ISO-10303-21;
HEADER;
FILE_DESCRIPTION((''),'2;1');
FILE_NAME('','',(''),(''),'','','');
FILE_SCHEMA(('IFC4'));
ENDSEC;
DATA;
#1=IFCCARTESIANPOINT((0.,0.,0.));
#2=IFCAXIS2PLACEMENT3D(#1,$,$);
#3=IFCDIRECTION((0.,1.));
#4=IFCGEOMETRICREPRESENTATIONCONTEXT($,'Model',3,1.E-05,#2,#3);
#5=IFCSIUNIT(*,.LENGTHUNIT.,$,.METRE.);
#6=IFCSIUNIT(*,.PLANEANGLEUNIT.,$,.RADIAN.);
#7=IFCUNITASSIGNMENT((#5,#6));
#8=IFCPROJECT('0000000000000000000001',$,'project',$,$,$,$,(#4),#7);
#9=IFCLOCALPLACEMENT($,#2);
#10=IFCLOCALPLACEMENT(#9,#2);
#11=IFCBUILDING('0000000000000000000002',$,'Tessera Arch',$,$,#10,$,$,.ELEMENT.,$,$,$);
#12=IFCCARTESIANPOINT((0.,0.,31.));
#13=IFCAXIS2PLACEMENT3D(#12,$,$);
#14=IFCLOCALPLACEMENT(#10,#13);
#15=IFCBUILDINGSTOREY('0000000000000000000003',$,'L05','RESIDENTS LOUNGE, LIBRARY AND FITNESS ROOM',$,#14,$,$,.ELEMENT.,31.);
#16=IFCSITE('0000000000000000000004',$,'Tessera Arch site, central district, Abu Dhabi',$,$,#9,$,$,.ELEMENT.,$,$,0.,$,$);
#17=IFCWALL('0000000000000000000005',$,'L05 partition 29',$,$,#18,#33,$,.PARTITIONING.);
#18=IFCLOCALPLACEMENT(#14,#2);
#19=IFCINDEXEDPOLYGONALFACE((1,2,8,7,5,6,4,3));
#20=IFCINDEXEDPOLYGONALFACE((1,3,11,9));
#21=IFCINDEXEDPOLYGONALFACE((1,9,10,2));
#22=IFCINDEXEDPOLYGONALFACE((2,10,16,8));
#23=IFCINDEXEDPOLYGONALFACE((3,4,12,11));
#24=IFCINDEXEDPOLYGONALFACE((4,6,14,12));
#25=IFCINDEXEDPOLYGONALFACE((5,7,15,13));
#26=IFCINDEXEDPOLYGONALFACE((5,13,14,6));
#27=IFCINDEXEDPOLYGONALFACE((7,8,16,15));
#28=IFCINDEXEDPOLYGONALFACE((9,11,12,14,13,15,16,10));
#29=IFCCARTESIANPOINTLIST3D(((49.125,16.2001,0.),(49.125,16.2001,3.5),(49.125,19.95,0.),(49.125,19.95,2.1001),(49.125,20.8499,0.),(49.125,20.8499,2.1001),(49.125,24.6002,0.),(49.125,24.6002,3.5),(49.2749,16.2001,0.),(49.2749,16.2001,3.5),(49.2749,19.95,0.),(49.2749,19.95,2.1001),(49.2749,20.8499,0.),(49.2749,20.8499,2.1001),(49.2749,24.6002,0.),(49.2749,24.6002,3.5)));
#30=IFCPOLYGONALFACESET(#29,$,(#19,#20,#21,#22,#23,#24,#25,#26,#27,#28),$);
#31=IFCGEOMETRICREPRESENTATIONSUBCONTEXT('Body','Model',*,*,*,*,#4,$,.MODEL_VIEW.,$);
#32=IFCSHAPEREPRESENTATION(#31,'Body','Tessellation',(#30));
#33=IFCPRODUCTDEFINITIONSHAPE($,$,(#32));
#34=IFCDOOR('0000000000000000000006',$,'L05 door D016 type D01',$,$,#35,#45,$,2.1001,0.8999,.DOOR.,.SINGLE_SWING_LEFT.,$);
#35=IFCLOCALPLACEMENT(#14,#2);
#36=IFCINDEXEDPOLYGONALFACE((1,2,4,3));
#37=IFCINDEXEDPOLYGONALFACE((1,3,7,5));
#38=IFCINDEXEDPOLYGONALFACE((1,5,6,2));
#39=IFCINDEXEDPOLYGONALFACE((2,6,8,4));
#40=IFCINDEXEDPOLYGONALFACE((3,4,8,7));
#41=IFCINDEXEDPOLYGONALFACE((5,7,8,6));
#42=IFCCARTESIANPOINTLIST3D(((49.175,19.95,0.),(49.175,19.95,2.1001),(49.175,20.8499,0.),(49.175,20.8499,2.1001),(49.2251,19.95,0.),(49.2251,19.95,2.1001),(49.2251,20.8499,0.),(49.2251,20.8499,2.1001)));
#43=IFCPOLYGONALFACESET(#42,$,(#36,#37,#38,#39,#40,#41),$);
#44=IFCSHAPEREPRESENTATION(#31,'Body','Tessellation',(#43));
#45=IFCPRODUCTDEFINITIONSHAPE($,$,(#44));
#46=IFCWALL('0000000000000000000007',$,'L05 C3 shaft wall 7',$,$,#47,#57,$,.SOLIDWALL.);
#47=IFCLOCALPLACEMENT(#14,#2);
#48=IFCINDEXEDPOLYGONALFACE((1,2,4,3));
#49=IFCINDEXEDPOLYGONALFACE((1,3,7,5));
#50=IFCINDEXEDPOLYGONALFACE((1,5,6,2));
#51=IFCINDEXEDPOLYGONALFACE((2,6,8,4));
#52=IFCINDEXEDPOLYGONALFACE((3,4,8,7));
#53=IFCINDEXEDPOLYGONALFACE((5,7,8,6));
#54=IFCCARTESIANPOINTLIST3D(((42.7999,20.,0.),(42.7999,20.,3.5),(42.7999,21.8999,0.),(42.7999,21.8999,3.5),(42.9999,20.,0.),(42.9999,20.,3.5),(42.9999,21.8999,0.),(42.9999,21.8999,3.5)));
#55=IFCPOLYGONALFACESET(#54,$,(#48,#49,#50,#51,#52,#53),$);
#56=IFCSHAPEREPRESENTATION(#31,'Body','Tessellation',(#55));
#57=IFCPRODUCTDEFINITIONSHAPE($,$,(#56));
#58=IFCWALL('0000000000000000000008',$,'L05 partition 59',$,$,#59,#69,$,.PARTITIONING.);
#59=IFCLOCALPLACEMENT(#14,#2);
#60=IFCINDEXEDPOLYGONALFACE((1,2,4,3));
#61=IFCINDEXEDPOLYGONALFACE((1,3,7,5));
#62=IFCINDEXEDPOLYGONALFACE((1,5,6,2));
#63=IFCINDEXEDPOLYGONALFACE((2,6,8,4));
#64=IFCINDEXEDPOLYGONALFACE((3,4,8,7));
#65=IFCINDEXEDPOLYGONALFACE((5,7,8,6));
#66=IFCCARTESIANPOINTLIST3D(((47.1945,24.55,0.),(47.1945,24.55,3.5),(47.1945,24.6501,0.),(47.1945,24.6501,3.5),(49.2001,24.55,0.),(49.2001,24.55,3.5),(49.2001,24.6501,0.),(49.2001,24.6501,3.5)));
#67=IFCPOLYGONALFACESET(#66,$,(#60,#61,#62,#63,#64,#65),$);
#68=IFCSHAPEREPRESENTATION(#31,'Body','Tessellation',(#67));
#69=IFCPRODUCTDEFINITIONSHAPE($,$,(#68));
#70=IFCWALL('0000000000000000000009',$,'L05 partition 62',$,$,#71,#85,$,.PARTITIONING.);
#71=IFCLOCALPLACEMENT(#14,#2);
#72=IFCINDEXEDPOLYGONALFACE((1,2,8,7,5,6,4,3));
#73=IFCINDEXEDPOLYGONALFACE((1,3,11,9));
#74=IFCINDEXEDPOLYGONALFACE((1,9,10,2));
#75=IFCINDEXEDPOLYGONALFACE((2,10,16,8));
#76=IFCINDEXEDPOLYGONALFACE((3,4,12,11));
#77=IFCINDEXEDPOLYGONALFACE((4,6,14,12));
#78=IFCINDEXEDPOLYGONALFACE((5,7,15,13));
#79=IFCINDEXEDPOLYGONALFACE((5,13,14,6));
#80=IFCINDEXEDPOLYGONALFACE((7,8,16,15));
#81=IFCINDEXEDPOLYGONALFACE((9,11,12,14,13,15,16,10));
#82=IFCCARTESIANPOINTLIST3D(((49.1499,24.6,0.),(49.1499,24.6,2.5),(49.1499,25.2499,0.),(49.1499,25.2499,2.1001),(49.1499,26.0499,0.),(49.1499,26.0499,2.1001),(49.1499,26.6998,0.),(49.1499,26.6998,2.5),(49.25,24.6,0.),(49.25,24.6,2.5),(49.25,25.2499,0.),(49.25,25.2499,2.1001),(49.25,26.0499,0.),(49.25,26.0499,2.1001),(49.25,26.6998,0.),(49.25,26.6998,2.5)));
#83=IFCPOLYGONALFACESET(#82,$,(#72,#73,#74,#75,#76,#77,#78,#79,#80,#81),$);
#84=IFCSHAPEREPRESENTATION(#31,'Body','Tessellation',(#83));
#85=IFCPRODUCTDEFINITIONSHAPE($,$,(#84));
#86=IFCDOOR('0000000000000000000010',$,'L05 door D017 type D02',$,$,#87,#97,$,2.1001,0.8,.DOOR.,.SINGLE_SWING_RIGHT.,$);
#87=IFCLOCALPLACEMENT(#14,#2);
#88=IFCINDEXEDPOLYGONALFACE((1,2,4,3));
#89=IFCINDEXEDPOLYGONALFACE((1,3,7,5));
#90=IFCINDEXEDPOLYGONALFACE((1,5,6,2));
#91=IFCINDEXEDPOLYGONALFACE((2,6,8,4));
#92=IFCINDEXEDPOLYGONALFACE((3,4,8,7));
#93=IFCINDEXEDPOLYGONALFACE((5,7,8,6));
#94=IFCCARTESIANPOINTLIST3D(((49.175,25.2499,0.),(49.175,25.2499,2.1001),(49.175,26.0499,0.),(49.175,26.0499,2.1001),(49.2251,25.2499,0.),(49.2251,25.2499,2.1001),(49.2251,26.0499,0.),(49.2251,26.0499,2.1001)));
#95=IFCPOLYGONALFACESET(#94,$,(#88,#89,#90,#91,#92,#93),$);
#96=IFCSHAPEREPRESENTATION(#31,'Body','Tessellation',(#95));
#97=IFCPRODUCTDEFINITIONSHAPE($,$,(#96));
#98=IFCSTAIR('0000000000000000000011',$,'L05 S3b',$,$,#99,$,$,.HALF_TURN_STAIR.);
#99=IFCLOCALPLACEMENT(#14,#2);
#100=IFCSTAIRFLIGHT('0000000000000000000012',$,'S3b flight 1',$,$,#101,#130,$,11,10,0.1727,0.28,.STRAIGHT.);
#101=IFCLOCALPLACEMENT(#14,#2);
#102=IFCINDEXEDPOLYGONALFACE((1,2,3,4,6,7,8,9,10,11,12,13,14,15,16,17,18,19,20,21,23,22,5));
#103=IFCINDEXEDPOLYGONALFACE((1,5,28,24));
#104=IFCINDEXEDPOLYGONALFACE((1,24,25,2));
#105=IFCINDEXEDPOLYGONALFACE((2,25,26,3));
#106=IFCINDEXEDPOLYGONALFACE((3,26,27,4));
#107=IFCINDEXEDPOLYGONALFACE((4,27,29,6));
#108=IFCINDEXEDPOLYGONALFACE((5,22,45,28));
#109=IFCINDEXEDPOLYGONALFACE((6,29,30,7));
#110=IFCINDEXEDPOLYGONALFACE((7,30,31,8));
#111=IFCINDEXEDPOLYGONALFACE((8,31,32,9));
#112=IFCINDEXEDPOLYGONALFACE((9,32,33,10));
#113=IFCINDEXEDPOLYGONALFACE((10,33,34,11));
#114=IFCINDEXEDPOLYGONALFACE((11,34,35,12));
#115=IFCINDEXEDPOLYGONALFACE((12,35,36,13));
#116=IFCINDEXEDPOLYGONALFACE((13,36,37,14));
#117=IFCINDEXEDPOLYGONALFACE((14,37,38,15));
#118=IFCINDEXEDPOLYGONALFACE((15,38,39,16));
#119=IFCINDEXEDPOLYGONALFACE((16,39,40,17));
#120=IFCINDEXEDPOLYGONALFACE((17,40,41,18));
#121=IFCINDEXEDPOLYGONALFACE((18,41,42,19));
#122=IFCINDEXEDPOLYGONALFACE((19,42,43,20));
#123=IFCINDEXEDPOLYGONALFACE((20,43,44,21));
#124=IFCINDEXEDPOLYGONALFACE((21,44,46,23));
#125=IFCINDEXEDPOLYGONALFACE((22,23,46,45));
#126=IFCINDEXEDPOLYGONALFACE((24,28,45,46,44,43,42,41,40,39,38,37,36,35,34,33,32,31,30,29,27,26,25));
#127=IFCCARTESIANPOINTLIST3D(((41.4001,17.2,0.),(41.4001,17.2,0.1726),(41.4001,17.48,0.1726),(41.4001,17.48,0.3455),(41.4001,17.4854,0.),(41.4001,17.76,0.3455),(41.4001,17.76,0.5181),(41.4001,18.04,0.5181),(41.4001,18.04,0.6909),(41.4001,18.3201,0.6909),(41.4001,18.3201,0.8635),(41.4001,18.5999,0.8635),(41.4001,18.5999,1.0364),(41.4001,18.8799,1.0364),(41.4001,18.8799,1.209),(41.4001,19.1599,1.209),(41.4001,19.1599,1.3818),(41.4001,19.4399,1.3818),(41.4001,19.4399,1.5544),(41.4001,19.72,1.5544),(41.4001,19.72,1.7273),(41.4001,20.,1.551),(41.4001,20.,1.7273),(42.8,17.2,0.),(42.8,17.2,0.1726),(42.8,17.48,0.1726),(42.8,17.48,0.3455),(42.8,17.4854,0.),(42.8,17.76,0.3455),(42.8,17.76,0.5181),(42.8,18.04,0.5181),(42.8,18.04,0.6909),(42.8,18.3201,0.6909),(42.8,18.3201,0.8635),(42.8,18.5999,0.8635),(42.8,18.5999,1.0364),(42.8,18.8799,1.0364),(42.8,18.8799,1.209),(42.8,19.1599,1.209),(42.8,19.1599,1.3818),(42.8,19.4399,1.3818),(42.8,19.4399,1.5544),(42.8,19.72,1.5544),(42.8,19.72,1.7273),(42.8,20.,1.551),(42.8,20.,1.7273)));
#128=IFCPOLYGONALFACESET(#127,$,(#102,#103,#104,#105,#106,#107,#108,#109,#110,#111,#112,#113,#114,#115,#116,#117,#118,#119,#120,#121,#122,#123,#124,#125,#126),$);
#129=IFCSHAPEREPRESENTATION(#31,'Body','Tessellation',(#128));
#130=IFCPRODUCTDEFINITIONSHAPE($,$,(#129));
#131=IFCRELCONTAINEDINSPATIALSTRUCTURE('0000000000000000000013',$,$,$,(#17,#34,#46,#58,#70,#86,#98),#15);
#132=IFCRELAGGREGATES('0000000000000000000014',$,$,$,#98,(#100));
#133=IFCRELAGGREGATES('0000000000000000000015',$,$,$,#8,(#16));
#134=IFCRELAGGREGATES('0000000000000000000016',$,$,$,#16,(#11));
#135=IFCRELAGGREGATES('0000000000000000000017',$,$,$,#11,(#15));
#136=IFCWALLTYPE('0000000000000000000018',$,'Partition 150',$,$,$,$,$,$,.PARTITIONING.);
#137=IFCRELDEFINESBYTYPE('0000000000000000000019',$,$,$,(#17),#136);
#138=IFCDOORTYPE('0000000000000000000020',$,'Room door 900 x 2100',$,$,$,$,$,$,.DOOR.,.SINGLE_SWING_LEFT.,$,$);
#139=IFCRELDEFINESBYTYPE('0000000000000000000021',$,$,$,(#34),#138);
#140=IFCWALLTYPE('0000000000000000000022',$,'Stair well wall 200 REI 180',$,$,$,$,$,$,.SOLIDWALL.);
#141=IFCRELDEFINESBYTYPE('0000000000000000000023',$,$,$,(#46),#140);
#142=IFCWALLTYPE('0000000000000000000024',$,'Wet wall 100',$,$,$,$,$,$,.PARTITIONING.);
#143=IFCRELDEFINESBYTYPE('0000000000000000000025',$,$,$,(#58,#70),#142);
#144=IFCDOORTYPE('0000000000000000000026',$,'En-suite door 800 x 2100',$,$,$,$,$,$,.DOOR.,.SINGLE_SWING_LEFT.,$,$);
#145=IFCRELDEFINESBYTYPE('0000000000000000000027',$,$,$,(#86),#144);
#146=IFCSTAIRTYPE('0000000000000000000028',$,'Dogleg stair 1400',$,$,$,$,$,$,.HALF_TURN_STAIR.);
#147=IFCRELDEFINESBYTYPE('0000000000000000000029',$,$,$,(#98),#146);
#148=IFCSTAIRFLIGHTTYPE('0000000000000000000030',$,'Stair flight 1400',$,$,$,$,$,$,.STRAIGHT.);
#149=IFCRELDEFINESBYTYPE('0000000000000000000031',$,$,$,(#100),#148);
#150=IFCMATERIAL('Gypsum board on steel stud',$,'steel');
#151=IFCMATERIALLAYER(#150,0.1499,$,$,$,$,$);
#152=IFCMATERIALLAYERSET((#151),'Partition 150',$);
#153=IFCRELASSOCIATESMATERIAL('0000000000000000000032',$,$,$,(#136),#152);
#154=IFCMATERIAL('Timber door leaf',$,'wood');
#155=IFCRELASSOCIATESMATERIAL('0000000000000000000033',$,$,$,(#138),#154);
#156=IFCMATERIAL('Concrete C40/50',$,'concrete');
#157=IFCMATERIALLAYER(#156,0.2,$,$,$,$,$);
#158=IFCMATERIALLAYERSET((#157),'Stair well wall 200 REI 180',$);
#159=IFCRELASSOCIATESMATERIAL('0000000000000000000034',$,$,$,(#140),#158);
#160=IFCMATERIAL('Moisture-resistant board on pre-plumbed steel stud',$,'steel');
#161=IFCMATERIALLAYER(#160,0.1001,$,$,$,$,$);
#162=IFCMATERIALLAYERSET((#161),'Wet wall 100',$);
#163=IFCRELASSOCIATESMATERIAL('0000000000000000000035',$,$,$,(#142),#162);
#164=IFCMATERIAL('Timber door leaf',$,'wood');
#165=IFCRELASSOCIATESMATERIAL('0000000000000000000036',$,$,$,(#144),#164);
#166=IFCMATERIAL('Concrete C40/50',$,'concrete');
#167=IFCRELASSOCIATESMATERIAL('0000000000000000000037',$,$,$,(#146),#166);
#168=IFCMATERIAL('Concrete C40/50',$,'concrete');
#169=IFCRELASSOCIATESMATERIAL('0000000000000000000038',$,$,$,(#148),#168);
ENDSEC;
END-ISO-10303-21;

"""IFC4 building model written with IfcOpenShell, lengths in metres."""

from ifc_helpers import new_model, si_unit, direction, frame, frame_2d, origin, place, context, subcontext, project, spatial, polyline, rectangle, outline, extrude, material, layer, layer_set, type_object, element, fill, aggregate, save


model = new_model("IFC4")

# Units and contexts
model_context = context("Model", 3, precision=1e-05, world=origin(), true_north=direction((0.0, 1.0)))
body_context = subcontext(model_context, "Body", "Model", "MODEL_VIEW")
ifc_project = project(units=[si_unit("LENGTHUNIT", "METRE"), si_unit("PLANEANGLEUNIT", "RADIAN")], contexts=[model_context])

# Site, building, storey
site_placement = place(None, origin())
site = spatial("IfcSite", under=ifc_project, at=site_placement, Name="Tessera Arch site, central district, Abu Dhabi", CompositionType="ELEMENT", RefElevation=0.0)
building_placement = place(site_placement, origin())
building = spatial("IfcBuilding", under=site, at=building_placement, Name="Tessera Arch", CompositionType="ELEMENT")
storey_placement = place(building_placement, frame((0.0, 0.0, 31.0)))
storey = spatial("IfcBuildingStorey", under=building, at=storey_placement, Name="L05", Description="RESIDENTS LOUNGE, LIBRARY AND FITNESS ROOM", CompositionType="ELEMENT", Elevation=31.0)

# Wall, opening, door
ifc_material_1 = material(Name="Gypsum board on steel stud", Category="steel")
ifc_layer_1 = layer(ifc_material_1, 0.1499)
ifc_layer_set_1 = layer_set([ifc_layer_1], Name="Partition 150")
wall_type_1 = type_object("IfcWallType", Name="Partition 150", PredefinedType="PARTITIONING", material=ifc_layer_set_1)
wall_1_placement = place(storey_placement, frame((49.2, 16.2, 0.0), z_axis=(0.0, 0.0, 1.0), x_axis=(0.0, 1.0, 0.0)))
wall_1 = element("IfcWall", 1, at=wall_1_placement, inside=storey, type_object=wall_type_1, Name="L05 partition 29", PredefinedType="PARTITIONING", context=body_context, shape_type="SweptSolid", body=[
    extrude(rectangle(XDim=8.4001, YDim=0.1499, at=frame_2d((4.2002, 0.0))), origin(), (0.0, 0.0, 1.0), 3.5),
])
opening_1_placement = place(wall_1_placement, frame((3.75, 0.0, 0.0)))
opening_1 = element("IfcOpeningElement", 2, at=opening_1_placement, cuts=wall_1, PredefinedType="OPENING", context=body_context, shape_type="SweptSolid", body=[
    extrude(rectangle(XDim=0.8999, YDim=2.1001, at=frame_2d((0.45, 1.05))), frame((0.0, 0.085, 0.0), z_axis=(0.0, -1.0, 0.0), x_axis=(1.0, 0.0, 0.0)), (0.0, 0.0, 1.0), 0.1699),
])
ifc_material_2 = material(Name="Timber door leaf", Category="wood")
door_type_1 = type_object("IfcDoorType", Name="Room door 900 x 2100", OperationType="SINGLE_SWING_LEFT", PredefinedType="DOOR", material=ifc_material_2)
door_1_placement = place(opening_1_placement, origin())
door_1 = element("IfcDoor", 3, at=door_1_placement, inside=storey, type_object=door_type_1, Name="L05 door D016 type D01", OperationType="SINGLE_SWING_LEFT", OverallHeight=2.1001, OverallWidth=0.8999, PredefinedType="DOOR", context=body_context, shape_type="SweptSolid", body=[
    extrude(rectangle(XDim=0.8999, YDim=2.1001, at=frame_2d((0.45, 1.05))), frame((0.0, 0.0249, 0.0), z_axis=(0.0, -1.0, 0.0), x_axis=(1.0, 0.0, 0.0)), (0.0, 0.0, 1.0), 0.05),
])
fill(opening_1, door_1)

# Walls
ifc_material_3 = material(Name="Concrete C40/50", Category="concrete")
ifc_layer_2 = layer(ifc_material_3, 0.2)
ifc_layer_set_2 = layer_set([ifc_layer_2], Name="Stair well wall 200 REI 180")
wall_type_2 = type_object("IfcWallType", Name="Stair well wall 200 REI 180", PredefinedType="SOLIDWALL", material=ifc_layer_set_2)
wall_2_placement = place(storey_placement, frame((42.8999, 20.0, 0.0), z_axis=(0.0, 0.0, 1.0), x_axis=(0.0, 1.0, 0.0)))
element("IfcWall", 4, at=wall_2_placement, inside=storey, type_object=wall_type_2, Name="L05 C3 shaft wall 7", PredefinedType="SOLIDWALL", context=body_context, shape_type="SweptSolid", body=[
    extrude(rectangle(XDim=1.8999, YDim=0.2, at=frame_2d((0.95, 0.0))), origin(), (0.0, 0.0, 1.0), 3.5),
])
ifc_material_4 = material(Name="Moisture-resistant board on pre-plumbed steel stud", Category="steel")
ifc_layer_3 = layer(ifc_material_4, 0.1001)
ifc_layer_set_3 = layer_set([ifc_layer_3], Name="Wet wall 100")
wall_type_3 = type_object("IfcWallType", Name="Wet wall 100", PredefinedType="PARTITIONING", material=ifc_layer_set_3)
wall_3_placement = place(storey_placement, frame((47.1943, 24.6001, 0.0), z_axis=(0.0, 0.0, 1.0), x_axis=(1.0, 0.0, 0.0)))
element("IfcWall", 5, at=wall_3_placement, inside=storey, type_object=wall_type_3, Name="L05 partition 59", PredefinedType="PARTITIONING", context=body_context, shape_type="SweptSolid", body=[
    extrude(rectangle(XDim=2.0056, YDim=0.1001, at=frame_2d((1.0029, 0.0))), origin(), (0.0, 0.0, 1.0), 3.5),
])

# Wall, opening, door
wall_4_placement = place(storey_placement, frame((49.2, 24.6001, 0.0), z_axis=(0.0, 0.0, 1.0), x_axis=(0.0, 1.0, 0.0)))
wall_4 = element("IfcWall", 6, at=wall_4_placement, inside=storey, type_object=wall_type_3, Name="L05 partition 62", PredefinedType="PARTITIONING", context=body_context, shape_type="SweptSolid", body=[
    extrude(rectangle(XDim=2.0999, YDim=0.1001, at=frame_2d((1.0498, 0.0))), origin(), (0.0, 0.0, 1.0), 2.5),
])
opening_2_placement = place(wall_4_placement, frame((0.6499, 0.0, 0.0)))
opening_2 = element("IfcOpeningElement", 7, at=opening_2_placement, cuts=wall_4, PredefinedType="OPENING", context=body_context, shape_type="SweptSolid", body=[
    extrude(rectangle(XDim=0.8, YDim=2.1001, at=frame_2d((0.3999, 1.05))), frame((0.0, 0.0601, 0.0), z_axis=(0.0, -1.0, 0.0), x_axis=(1.0, 0.0, 0.0)), (0.0, 0.0, 1.0), 0.1201),
])
ifc_material_5 = material(Name="Timber door leaf", Category="wood")
door_type_2 = type_object("IfcDoorType", Name="En-suite door 800 x 2100", OperationType="SINGLE_SWING_LEFT", PredefinedType="DOOR", material=ifc_material_5)
door_2_placement = place(opening_2_placement, origin())
door_2 = element("IfcDoor", 8, at=door_2_placement, inside=storey, type_object=door_type_2, Name="L05 door D017 type D02", OperationType="SINGLE_SWING_RIGHT", OverallHeight=2.1001, OverallWidth=0.8, PredefinedType="DOOR", context=body_context, shape_type="SweptSolid", body=[
    extrude(rectangle(XDim=0.8, YDim=2.1001, at=frame_2d((0.3999, 1.05))), frame((0.0, 0.0249, 0.0), z_axis=(0.0, -1.0, 0.0), x_axis=(1.0, 0.0, 0.0)), (0.0, 0.0, 1.0), 0.05),
])
fill(opening_2, door_2)

# Stair, stair flight
ifc_material_6 = material(Name="Concrete C40/50", Category="concrete")
stair_type = type_object("IfcStairType", Name="Dogleg stair 1400", PredefinedType="HALF_TURN_STAIR", material=ifc_material_6)
stair_placement = place(storey_placement, origin())
stair = element("IfcStair", 9, at=stair_placement, inside=storey, type_object=stair_type, Name="L05 S3b", PredefinedType="HALF_TURN_STAIR")
ifc_material_7 = material(Name="Concrete C40/50", Category="concrete")
stair_flight_type = type_object("IfcStairFlightType", Name="Stair flight 1400", PredefinedType="STRAIGHT", material=ifc_material_7)
stair_flight_placement = place(storey_placement, frame((42.1001, 17.2, 0.0), z_axis=(0.0, 0.0, 1.0), x_axis=(0.0, 1.0, 0.0)))
stair_flight = element("IfcStairFlight", 10, at=stair_flight_placement, type_object=stair_flight_type, Name="S3b flight 1", NumberOfRisers=11, NumberOfTreads=10, PredefinedType="STRAIGHT", RiserHeight=0.1727, TreadLength=0.28, context=body_context, shape_type="SweptSolid", body=[
    extrude(outline(polyline([(0.0, 0.0), (0.0, 0.1726), (0.28, 0.1726), (0.28, 0.3455), (0.5601, 0.3455), (0.5601, 0.5181), (0.8401, 0.5181), (0.8401, 0.6909), (1.1201, 0.6909), (1.1201, 0.8635), (1.3999, 0.8635), (1.3999, 1.0364), (1.6799, 1.0364), (1.6799, 1.209), (1.96, 1.209), (1.96, 1.3818), (2.24, 1.3818), (2.24, 1.5544), (2.52, 1.5544), (2.52, 1.7273), (2.8, 1.7273), (2.8, 1.8999), (2.8, 1.551), (0.2854, 0.0), (0.0, 0.0)])), frame((0.0, 0.7, 0.0), z_axis=(0.0, -1.0, 0.0), x_axis=(1.0, 0.0, 0.0)), (0.0, 0.0, 1.0), 1.3999),
])
aggregate(stair, [stair_flight])

save(model, "model.ifc")
